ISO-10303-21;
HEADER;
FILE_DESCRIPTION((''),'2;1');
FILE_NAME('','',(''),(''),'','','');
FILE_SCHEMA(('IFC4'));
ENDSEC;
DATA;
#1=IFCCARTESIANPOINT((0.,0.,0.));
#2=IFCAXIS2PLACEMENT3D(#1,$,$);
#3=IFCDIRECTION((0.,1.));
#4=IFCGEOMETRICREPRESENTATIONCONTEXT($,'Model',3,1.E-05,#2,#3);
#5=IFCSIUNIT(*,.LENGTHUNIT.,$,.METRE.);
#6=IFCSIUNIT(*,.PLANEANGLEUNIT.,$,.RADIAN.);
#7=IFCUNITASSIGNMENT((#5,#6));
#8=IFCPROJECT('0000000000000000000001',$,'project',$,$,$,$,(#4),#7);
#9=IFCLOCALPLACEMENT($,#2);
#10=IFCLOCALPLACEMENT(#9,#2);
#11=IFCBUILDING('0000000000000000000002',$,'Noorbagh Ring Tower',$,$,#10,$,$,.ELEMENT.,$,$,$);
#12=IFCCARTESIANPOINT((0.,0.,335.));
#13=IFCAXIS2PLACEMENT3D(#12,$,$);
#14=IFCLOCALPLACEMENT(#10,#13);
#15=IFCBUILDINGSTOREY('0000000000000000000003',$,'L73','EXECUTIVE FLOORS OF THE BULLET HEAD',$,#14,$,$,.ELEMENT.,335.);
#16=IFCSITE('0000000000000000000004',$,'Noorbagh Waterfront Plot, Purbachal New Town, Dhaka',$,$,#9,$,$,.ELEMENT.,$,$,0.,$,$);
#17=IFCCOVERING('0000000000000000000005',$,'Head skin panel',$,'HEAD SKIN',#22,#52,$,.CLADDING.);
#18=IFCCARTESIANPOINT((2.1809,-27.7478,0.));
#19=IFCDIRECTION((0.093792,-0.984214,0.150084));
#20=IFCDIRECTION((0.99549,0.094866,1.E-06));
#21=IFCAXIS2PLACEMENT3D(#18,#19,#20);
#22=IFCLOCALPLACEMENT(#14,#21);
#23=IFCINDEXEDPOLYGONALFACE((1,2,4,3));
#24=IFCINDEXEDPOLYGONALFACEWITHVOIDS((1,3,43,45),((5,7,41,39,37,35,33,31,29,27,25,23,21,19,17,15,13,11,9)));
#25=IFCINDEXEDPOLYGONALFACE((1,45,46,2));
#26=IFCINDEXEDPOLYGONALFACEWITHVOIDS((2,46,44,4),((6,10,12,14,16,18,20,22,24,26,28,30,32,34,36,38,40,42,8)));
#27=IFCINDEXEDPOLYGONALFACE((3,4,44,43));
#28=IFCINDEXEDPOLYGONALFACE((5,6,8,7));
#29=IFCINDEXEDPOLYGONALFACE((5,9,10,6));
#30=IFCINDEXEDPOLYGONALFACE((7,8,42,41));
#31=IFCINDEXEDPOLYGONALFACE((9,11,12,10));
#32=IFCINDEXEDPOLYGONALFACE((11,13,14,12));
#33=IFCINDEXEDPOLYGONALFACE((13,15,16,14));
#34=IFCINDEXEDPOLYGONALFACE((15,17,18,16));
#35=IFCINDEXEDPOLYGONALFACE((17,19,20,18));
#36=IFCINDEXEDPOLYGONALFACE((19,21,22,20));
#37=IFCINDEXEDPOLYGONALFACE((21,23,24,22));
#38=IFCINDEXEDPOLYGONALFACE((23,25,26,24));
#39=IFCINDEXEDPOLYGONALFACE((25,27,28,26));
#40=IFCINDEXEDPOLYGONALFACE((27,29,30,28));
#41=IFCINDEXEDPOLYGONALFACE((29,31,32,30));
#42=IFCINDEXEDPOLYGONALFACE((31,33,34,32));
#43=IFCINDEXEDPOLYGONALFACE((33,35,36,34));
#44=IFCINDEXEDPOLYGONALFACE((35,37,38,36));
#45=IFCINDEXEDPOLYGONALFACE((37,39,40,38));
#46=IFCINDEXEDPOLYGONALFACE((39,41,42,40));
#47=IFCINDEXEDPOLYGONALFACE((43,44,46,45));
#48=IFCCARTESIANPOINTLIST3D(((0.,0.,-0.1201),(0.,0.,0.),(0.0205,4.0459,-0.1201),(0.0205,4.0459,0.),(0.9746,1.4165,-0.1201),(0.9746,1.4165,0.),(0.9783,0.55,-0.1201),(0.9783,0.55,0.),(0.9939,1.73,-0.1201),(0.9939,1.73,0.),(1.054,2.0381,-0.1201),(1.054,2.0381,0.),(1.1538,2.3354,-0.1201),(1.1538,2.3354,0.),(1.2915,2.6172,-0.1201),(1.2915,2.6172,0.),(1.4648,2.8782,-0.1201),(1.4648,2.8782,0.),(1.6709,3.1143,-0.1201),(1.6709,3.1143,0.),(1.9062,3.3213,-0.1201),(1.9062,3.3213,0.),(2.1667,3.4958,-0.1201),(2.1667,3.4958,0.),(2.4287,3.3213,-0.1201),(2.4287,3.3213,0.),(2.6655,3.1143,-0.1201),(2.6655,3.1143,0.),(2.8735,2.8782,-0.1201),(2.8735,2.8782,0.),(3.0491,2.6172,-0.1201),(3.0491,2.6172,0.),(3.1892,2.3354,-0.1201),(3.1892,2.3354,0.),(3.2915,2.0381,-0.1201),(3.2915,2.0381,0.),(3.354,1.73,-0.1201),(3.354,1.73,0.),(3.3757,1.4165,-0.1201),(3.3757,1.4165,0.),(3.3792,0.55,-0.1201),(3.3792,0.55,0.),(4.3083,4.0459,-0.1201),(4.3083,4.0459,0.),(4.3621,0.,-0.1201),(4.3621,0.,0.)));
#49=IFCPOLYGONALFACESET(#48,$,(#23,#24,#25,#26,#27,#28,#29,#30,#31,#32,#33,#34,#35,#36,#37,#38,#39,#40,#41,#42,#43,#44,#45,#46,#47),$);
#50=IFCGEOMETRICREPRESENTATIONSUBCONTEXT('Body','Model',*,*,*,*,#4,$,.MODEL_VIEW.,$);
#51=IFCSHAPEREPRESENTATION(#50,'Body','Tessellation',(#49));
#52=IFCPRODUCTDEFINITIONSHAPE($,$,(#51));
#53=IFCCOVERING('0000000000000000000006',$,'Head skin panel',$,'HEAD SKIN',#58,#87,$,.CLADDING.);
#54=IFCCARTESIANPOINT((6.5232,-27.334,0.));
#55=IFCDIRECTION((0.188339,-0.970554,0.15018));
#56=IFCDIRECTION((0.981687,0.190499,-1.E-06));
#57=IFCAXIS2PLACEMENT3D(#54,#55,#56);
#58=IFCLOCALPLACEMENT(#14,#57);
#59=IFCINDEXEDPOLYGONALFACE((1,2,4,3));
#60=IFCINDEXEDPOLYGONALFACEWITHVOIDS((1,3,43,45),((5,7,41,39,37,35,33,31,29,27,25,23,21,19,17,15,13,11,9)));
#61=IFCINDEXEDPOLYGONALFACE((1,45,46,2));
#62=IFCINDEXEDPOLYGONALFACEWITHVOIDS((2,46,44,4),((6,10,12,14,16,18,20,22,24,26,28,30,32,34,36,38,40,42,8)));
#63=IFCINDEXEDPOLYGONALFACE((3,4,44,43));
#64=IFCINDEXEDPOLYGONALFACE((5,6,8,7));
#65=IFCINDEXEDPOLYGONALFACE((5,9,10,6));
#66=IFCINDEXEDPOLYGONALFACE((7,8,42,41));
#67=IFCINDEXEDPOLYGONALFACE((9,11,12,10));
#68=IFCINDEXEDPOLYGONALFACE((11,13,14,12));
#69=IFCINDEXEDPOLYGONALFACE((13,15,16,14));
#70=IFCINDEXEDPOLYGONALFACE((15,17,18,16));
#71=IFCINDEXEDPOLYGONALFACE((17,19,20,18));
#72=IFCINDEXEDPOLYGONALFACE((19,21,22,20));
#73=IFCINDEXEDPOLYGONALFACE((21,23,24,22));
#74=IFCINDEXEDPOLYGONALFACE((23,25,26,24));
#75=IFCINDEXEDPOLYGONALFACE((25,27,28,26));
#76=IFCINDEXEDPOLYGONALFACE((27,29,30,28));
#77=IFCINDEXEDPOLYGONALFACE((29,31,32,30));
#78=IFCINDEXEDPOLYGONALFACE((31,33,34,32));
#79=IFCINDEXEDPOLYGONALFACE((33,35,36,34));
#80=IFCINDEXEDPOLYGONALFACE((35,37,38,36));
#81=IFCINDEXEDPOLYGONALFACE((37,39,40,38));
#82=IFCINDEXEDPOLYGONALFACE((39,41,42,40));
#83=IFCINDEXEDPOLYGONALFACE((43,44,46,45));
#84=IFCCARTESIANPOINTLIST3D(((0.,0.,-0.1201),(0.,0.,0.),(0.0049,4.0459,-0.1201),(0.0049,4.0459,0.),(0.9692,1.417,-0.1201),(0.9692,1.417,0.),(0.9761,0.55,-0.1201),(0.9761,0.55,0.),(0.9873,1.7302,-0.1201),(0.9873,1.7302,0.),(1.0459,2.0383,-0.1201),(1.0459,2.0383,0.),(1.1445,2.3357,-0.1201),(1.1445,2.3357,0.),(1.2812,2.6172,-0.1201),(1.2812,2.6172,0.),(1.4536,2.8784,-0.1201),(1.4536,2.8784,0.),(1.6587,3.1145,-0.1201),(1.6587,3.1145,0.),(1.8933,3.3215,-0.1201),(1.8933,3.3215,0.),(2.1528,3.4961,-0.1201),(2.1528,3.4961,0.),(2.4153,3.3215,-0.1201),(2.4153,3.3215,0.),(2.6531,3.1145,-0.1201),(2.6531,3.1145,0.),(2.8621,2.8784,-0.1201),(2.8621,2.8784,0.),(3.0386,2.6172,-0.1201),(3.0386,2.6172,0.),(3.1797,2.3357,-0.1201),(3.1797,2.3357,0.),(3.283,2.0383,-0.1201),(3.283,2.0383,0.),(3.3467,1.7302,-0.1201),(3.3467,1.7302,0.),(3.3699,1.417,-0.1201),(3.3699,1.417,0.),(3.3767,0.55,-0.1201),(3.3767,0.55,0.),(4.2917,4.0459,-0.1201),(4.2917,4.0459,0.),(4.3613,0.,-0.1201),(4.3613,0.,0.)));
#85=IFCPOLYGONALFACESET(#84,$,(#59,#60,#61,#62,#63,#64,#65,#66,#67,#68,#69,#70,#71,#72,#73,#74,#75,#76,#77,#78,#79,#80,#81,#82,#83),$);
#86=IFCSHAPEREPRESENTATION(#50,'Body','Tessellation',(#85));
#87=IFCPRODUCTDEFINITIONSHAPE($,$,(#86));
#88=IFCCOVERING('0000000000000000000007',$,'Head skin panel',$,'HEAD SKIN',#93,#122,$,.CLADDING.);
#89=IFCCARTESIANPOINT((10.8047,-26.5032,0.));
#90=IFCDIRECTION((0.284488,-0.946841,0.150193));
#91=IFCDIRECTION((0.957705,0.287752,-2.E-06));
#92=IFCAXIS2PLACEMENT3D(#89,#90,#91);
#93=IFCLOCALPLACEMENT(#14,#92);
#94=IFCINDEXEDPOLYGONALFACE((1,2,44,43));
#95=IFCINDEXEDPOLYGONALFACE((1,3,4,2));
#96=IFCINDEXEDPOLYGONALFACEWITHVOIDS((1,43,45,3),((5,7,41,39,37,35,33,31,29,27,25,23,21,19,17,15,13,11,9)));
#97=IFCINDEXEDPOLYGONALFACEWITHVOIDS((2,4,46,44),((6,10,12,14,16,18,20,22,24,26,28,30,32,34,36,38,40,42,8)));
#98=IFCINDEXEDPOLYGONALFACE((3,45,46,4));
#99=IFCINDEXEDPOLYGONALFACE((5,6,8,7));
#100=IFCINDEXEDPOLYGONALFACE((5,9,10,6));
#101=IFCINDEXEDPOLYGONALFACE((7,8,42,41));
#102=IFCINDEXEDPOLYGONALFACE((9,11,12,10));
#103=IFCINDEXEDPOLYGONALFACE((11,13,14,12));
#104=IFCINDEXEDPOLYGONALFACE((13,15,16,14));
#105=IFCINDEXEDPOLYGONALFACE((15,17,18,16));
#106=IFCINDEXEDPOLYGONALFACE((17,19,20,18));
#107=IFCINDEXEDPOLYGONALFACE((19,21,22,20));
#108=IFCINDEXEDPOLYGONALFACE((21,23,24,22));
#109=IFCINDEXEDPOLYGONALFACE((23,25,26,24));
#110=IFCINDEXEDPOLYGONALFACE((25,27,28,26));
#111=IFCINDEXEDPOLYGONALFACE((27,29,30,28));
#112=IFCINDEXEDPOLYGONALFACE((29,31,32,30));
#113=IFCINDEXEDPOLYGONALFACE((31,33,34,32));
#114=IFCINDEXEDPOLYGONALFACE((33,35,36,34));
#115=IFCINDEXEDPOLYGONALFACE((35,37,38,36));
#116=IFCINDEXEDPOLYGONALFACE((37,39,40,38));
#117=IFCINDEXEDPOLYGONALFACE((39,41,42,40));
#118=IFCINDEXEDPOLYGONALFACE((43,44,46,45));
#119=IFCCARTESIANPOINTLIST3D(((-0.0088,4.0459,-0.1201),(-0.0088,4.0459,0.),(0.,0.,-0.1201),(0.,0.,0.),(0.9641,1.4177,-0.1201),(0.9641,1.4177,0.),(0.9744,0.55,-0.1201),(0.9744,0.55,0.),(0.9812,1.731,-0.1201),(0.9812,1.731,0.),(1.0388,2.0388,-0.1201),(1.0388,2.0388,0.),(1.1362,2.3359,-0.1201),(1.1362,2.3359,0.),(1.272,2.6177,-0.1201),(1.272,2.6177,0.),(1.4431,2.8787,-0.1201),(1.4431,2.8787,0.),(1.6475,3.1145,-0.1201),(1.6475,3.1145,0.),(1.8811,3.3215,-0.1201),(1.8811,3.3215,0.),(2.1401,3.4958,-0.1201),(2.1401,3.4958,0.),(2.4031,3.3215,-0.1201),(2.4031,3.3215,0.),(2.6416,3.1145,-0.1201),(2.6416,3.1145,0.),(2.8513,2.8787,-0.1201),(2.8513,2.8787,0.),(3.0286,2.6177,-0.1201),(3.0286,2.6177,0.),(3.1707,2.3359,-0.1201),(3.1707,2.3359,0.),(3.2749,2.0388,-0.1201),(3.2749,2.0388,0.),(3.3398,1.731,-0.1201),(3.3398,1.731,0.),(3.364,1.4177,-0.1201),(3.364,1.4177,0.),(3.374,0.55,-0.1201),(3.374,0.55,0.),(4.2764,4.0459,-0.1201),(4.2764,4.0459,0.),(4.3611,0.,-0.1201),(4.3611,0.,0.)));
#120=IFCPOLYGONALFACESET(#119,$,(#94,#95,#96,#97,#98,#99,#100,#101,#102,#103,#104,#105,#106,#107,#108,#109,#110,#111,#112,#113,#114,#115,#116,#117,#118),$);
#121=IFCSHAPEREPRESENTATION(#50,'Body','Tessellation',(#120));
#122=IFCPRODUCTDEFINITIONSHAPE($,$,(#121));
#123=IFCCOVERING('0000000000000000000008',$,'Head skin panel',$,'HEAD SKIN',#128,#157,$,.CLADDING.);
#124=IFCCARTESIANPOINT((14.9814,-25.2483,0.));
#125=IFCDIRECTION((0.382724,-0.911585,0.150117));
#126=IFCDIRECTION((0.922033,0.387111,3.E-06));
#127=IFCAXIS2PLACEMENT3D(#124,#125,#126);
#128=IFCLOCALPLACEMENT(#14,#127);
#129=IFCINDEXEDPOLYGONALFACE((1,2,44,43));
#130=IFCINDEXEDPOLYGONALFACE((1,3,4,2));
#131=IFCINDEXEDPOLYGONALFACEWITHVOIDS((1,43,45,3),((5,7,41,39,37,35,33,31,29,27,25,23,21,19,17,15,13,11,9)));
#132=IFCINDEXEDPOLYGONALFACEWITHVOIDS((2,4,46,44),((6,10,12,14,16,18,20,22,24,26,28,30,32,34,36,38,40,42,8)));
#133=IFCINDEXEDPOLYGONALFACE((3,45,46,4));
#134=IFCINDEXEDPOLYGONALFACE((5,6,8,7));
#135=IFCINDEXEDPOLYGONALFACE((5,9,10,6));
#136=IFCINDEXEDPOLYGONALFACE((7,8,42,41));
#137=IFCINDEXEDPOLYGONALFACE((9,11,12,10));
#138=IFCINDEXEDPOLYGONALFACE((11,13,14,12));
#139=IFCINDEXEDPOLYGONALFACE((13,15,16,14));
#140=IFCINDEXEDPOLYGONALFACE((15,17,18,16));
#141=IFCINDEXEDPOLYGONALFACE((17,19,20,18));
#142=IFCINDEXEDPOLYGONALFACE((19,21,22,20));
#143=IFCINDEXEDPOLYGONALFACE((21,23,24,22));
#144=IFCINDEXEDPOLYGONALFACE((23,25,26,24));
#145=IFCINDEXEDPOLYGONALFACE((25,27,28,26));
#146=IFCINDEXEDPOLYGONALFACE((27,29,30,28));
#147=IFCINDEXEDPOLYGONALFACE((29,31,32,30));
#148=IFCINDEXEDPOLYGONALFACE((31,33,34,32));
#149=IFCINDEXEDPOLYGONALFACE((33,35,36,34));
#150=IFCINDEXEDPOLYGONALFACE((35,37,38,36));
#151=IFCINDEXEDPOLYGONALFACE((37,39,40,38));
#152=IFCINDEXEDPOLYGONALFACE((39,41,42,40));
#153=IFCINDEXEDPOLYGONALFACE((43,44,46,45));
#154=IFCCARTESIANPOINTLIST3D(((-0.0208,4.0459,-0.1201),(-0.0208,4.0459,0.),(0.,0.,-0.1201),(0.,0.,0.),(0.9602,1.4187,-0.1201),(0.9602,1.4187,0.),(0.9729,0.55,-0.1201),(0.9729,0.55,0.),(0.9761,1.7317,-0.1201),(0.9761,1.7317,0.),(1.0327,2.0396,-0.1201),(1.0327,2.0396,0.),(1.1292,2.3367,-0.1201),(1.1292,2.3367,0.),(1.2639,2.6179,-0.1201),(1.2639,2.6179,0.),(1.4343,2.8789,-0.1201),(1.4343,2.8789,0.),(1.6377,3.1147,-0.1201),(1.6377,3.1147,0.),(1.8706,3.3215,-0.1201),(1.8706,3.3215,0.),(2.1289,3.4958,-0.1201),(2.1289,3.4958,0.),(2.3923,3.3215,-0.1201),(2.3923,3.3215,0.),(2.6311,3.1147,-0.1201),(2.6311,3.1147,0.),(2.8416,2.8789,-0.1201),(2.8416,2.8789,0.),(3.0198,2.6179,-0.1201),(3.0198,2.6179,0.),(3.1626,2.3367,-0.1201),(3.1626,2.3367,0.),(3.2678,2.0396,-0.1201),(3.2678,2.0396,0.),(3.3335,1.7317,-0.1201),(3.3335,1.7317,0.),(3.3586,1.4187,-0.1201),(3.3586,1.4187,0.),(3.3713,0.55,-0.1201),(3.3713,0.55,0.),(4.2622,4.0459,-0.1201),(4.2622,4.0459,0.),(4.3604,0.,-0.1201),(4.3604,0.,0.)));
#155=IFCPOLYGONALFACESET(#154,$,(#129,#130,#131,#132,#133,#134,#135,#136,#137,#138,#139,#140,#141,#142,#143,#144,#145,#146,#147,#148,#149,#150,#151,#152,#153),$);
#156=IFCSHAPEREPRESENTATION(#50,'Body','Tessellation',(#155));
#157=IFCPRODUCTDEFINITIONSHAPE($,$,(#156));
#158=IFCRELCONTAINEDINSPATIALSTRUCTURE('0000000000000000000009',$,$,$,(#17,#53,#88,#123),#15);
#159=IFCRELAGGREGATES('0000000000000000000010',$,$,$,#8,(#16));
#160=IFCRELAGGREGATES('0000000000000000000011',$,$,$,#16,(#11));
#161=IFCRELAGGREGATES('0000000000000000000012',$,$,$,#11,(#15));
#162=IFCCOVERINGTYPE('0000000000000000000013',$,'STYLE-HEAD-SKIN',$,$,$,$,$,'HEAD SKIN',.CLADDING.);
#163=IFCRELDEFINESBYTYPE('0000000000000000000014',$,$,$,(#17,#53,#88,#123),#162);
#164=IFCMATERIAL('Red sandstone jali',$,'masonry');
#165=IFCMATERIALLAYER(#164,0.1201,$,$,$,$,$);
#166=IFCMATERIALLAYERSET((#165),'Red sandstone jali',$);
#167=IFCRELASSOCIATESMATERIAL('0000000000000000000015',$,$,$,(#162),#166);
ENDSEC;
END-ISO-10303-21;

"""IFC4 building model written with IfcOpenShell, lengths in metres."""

from ifc_helpers import new_model, si_unit, direction, frame, origin, place, context, subcontext, project, spatial, polyline, outline, extrude, material, layer, layer_set, type_object, element, save


model = new_model("IFC4")

# Units and contexts
model_context = context("Model", 3, precision=1e-05, world=origin(), true_north=direction((0.0, 1.0)))
body_context = subcontext(model_context, "Body", "Model", "MODEL_VIEW")
ifc_project = project(units=[si_unit("LENGTHUNIT", "METRE"), si_unit("PLANEANGLEUNIT", "RADIAN")], contexts=[model_context])

# Site, building, storey
site_placement = place(None, origin())
site = spatial("IfcSite", under=ifc_project, at=site_placement, Name="Noorbagh Waterfront Plot, Purbachal New Town, Dhaka", CompositionType="ELEMENT", RefElevation=0.0)
building_placement = place(site_placement, origin())
building = spatial("IfcBuilding", under=site, at=building_placement, Name="Noorbagh Ring Tower", CompositionType="ELEMENT")
storey_placement = place(building_placement, frame((0.0, 0.0, 335.0)))
storey = spatial("IfcBuildingStorey", under=building, at=storey_placement, Name="L73", Description="EXECUTIVE FLOORS OF THE BULLET HEAD", CompositionType="ELEMENT", Elevation=335.0)

# Coverings
ifc_material_1 = material(Name="Red sandstone jali", Category="masonry")
ifc_layer_1 = layer(ifc_material_1, 0.1201)
ifc_layer_set_1 = layer_set([ifc_layer_1], Name="Red sandstone jali")
covering_type_1 = type_object("IfcCoveringType", Name="STYLE-HEAD-SKIN", ElementType="HEAD SKIN", PredefinedType="CLADDING", material=ifc_layer_set_1)
covering_1_placement = place(storey_placement, frame((2.1809, -27.7478, 0.0), z_axis=(0.093792, -0.984214, 0.150084), x_axis=(0.99549, 0.094866, 0.000001)))
element("IfcCovering", 1, at=covering_1_placement, inside=storey, type_object=covering_type_1, Name="Head skin panel", ObjectType="HEAD SKIN", PredefinedType="CLADDING", context=body_context, shape_type="SweptSolid", body=[
    extrude(outline(polyline([(0.0, 0.0), (4.3621, 0.0), (4.3083, 4.0459), (0.0205, 4.0459), (0.0, 0.0)]), holes=[polyline([(0.9783, 0.55), (0.9746, 1.4165), (0.9939, 1.73), (1.054, 2.0381), (1.1538, 2.3354), (1.2915, 2.6172), (1.4648, 2.8782), (1.6709, 3.1143), (1.9062, 3.3213), (2.1667, 3.4958), (2.4287, 3.3213), (2.6655, 3.1143), (2.8735, 2.8782), (3.0491, 2.6172), (3.1892, 2.3354), (3.2915, 2.0381), (3.354, 1.73), (3.3757, 1.4165), (3.3792, 0.55), (0.9783, 0.55)])]), origin(), (0.0, 0.0, -1.0), 0.1201),
])
covering_2_placement = place(storey_placement, frame((6.5232, -27.334, 0.0), z_axis=(0.188339, -0.970554, 0.15018), x_axis=(0.981687, 0.190499, -0.000001)))
element("IfcCovering", 2, at=covering_2_placement, inside=storey, type_object=covering_type_1, Name="Head skin panel", ObjectType="HEAD SKIN", PredefinedType="CLADDING", context=body_context, shape_type="SweptSolid", body=[
    extrude(outline(polyline([(0.0, 0.0), (4.3613, 0.0), (4.2917, 4.0459), (0.0049, 4.0459), (0.0, 0.0)]), holes=[polyline([(0.9761, 0.55), (0.9692, 1.417), (0.9873, 1.7302), (1.0459, 2.0383), (1.1445, 2.3357), (1.2812, 2.6172), (1.4536, 2.8784), (1.6587, 3.1145), (1.8933, 3.3215), (2.1528, 3.4961), (2.4153, 3.3215), (2.6531, 3.1145), (2.8621, 2.8784), (3.0386, 2.6172), (3.1797, 2.3357), (3.283, 2.0383), (3.3467, 1.7302), (3.3699, 1.417), (3.3767, 0.55), (0.9761, 0.55)])]), origin(), (0.0, 0.0, -1.0), 0.1201),
])
covering_3_placement = place(storey_placement, frame((10.8047, -26.5032, 0.0), z_axis=(0.284488, -0.946841, 0.150193), x_axis=(0.957705, 0.287752, -0.000002)))
element("IfcCovering", 3, at=covering_3_placement, inside=storey, type_object=covering_type_1, Name="Head skin panel", ObjectType="HEAD SKIN", PredefinedType="CLADDING", context=body_context, shape_type="SweptSolid", body=[
    extrude(outline(polyline([(0.0, 0.0), (4.3611, 0.0), (4.2764, 4.0459), (-0.0088, 4.0459), (0.0, 0.0)]), holes=[polyline([(0.9744, 0.55), (0.9641, 1.4177), (0.9812, 1.731), (1.0388, 2.0388), (1.1362, 2.3359), (1.272, 2.6177), (1.4431, 2.8787), (1.6475, 3.1145), (1.8811, 3.3215), (2.1401, 3.4958), (2.4031, 3.3215), (2.6416, 3.1145), (2.8513, 2.8787), (3.0286, 2.6177), (3.1707, 2.3359), (3.2749, 2.0388), (3.3398, 1.731), (3.364, 1.4177), (3.374, 0.55), (0.9744, 0.55)])]), origin(), (0.0, 0.0, -1.0), 0.1201),
])
covering_4_placement = place(storey_placement, frame((14.9814, -25.2483, 0.0), z_axis=(0.382724, -0.911585, 0.150117), x_axis=(0.922033, 0.387111, 0.000003)))
element("IfcCovering", 4, at=covering_4_placement, inside=storey, type_object=covering_type_1, Name="Head skin panel", ObjectType="HEAD SKIN", PredefinedType="CLADDING", context=body_context, shape_type="SweptSolid", body=[
    extrude(outline(polyline([(0.0, 0.0), (4.3604, 0.0), (4.2622, 4.0459), (-0.0208, 4.0459), (0.0, 0.0)]), holes=[polyline([(0.9729, 0.55), (0.9602, 1.4187), (0.9761, 1.7317), (1.0327, 2.0396), (1.1292, 2.3367), (1.2639, 2.6179), (1.4343, 2.8789), (1.6377, 3.1147), (1.8706, 3.3215), (2.1289, 3.4958), (2.3923, 3.3215), (2.6311, 3.1147), (2.8416, 2.8789), (3.0198, 2.6179), (3.1626, 2.3367), (3.2678, 2.0396), (3.3335, 1.7317), (3.3586, 1.4187), (3.3713, 0.55), (0.9729, 0.55)])]), origin(), (0.0, 0.0, -1.0), 0.1201),
])

save(model, "model.ifc")
